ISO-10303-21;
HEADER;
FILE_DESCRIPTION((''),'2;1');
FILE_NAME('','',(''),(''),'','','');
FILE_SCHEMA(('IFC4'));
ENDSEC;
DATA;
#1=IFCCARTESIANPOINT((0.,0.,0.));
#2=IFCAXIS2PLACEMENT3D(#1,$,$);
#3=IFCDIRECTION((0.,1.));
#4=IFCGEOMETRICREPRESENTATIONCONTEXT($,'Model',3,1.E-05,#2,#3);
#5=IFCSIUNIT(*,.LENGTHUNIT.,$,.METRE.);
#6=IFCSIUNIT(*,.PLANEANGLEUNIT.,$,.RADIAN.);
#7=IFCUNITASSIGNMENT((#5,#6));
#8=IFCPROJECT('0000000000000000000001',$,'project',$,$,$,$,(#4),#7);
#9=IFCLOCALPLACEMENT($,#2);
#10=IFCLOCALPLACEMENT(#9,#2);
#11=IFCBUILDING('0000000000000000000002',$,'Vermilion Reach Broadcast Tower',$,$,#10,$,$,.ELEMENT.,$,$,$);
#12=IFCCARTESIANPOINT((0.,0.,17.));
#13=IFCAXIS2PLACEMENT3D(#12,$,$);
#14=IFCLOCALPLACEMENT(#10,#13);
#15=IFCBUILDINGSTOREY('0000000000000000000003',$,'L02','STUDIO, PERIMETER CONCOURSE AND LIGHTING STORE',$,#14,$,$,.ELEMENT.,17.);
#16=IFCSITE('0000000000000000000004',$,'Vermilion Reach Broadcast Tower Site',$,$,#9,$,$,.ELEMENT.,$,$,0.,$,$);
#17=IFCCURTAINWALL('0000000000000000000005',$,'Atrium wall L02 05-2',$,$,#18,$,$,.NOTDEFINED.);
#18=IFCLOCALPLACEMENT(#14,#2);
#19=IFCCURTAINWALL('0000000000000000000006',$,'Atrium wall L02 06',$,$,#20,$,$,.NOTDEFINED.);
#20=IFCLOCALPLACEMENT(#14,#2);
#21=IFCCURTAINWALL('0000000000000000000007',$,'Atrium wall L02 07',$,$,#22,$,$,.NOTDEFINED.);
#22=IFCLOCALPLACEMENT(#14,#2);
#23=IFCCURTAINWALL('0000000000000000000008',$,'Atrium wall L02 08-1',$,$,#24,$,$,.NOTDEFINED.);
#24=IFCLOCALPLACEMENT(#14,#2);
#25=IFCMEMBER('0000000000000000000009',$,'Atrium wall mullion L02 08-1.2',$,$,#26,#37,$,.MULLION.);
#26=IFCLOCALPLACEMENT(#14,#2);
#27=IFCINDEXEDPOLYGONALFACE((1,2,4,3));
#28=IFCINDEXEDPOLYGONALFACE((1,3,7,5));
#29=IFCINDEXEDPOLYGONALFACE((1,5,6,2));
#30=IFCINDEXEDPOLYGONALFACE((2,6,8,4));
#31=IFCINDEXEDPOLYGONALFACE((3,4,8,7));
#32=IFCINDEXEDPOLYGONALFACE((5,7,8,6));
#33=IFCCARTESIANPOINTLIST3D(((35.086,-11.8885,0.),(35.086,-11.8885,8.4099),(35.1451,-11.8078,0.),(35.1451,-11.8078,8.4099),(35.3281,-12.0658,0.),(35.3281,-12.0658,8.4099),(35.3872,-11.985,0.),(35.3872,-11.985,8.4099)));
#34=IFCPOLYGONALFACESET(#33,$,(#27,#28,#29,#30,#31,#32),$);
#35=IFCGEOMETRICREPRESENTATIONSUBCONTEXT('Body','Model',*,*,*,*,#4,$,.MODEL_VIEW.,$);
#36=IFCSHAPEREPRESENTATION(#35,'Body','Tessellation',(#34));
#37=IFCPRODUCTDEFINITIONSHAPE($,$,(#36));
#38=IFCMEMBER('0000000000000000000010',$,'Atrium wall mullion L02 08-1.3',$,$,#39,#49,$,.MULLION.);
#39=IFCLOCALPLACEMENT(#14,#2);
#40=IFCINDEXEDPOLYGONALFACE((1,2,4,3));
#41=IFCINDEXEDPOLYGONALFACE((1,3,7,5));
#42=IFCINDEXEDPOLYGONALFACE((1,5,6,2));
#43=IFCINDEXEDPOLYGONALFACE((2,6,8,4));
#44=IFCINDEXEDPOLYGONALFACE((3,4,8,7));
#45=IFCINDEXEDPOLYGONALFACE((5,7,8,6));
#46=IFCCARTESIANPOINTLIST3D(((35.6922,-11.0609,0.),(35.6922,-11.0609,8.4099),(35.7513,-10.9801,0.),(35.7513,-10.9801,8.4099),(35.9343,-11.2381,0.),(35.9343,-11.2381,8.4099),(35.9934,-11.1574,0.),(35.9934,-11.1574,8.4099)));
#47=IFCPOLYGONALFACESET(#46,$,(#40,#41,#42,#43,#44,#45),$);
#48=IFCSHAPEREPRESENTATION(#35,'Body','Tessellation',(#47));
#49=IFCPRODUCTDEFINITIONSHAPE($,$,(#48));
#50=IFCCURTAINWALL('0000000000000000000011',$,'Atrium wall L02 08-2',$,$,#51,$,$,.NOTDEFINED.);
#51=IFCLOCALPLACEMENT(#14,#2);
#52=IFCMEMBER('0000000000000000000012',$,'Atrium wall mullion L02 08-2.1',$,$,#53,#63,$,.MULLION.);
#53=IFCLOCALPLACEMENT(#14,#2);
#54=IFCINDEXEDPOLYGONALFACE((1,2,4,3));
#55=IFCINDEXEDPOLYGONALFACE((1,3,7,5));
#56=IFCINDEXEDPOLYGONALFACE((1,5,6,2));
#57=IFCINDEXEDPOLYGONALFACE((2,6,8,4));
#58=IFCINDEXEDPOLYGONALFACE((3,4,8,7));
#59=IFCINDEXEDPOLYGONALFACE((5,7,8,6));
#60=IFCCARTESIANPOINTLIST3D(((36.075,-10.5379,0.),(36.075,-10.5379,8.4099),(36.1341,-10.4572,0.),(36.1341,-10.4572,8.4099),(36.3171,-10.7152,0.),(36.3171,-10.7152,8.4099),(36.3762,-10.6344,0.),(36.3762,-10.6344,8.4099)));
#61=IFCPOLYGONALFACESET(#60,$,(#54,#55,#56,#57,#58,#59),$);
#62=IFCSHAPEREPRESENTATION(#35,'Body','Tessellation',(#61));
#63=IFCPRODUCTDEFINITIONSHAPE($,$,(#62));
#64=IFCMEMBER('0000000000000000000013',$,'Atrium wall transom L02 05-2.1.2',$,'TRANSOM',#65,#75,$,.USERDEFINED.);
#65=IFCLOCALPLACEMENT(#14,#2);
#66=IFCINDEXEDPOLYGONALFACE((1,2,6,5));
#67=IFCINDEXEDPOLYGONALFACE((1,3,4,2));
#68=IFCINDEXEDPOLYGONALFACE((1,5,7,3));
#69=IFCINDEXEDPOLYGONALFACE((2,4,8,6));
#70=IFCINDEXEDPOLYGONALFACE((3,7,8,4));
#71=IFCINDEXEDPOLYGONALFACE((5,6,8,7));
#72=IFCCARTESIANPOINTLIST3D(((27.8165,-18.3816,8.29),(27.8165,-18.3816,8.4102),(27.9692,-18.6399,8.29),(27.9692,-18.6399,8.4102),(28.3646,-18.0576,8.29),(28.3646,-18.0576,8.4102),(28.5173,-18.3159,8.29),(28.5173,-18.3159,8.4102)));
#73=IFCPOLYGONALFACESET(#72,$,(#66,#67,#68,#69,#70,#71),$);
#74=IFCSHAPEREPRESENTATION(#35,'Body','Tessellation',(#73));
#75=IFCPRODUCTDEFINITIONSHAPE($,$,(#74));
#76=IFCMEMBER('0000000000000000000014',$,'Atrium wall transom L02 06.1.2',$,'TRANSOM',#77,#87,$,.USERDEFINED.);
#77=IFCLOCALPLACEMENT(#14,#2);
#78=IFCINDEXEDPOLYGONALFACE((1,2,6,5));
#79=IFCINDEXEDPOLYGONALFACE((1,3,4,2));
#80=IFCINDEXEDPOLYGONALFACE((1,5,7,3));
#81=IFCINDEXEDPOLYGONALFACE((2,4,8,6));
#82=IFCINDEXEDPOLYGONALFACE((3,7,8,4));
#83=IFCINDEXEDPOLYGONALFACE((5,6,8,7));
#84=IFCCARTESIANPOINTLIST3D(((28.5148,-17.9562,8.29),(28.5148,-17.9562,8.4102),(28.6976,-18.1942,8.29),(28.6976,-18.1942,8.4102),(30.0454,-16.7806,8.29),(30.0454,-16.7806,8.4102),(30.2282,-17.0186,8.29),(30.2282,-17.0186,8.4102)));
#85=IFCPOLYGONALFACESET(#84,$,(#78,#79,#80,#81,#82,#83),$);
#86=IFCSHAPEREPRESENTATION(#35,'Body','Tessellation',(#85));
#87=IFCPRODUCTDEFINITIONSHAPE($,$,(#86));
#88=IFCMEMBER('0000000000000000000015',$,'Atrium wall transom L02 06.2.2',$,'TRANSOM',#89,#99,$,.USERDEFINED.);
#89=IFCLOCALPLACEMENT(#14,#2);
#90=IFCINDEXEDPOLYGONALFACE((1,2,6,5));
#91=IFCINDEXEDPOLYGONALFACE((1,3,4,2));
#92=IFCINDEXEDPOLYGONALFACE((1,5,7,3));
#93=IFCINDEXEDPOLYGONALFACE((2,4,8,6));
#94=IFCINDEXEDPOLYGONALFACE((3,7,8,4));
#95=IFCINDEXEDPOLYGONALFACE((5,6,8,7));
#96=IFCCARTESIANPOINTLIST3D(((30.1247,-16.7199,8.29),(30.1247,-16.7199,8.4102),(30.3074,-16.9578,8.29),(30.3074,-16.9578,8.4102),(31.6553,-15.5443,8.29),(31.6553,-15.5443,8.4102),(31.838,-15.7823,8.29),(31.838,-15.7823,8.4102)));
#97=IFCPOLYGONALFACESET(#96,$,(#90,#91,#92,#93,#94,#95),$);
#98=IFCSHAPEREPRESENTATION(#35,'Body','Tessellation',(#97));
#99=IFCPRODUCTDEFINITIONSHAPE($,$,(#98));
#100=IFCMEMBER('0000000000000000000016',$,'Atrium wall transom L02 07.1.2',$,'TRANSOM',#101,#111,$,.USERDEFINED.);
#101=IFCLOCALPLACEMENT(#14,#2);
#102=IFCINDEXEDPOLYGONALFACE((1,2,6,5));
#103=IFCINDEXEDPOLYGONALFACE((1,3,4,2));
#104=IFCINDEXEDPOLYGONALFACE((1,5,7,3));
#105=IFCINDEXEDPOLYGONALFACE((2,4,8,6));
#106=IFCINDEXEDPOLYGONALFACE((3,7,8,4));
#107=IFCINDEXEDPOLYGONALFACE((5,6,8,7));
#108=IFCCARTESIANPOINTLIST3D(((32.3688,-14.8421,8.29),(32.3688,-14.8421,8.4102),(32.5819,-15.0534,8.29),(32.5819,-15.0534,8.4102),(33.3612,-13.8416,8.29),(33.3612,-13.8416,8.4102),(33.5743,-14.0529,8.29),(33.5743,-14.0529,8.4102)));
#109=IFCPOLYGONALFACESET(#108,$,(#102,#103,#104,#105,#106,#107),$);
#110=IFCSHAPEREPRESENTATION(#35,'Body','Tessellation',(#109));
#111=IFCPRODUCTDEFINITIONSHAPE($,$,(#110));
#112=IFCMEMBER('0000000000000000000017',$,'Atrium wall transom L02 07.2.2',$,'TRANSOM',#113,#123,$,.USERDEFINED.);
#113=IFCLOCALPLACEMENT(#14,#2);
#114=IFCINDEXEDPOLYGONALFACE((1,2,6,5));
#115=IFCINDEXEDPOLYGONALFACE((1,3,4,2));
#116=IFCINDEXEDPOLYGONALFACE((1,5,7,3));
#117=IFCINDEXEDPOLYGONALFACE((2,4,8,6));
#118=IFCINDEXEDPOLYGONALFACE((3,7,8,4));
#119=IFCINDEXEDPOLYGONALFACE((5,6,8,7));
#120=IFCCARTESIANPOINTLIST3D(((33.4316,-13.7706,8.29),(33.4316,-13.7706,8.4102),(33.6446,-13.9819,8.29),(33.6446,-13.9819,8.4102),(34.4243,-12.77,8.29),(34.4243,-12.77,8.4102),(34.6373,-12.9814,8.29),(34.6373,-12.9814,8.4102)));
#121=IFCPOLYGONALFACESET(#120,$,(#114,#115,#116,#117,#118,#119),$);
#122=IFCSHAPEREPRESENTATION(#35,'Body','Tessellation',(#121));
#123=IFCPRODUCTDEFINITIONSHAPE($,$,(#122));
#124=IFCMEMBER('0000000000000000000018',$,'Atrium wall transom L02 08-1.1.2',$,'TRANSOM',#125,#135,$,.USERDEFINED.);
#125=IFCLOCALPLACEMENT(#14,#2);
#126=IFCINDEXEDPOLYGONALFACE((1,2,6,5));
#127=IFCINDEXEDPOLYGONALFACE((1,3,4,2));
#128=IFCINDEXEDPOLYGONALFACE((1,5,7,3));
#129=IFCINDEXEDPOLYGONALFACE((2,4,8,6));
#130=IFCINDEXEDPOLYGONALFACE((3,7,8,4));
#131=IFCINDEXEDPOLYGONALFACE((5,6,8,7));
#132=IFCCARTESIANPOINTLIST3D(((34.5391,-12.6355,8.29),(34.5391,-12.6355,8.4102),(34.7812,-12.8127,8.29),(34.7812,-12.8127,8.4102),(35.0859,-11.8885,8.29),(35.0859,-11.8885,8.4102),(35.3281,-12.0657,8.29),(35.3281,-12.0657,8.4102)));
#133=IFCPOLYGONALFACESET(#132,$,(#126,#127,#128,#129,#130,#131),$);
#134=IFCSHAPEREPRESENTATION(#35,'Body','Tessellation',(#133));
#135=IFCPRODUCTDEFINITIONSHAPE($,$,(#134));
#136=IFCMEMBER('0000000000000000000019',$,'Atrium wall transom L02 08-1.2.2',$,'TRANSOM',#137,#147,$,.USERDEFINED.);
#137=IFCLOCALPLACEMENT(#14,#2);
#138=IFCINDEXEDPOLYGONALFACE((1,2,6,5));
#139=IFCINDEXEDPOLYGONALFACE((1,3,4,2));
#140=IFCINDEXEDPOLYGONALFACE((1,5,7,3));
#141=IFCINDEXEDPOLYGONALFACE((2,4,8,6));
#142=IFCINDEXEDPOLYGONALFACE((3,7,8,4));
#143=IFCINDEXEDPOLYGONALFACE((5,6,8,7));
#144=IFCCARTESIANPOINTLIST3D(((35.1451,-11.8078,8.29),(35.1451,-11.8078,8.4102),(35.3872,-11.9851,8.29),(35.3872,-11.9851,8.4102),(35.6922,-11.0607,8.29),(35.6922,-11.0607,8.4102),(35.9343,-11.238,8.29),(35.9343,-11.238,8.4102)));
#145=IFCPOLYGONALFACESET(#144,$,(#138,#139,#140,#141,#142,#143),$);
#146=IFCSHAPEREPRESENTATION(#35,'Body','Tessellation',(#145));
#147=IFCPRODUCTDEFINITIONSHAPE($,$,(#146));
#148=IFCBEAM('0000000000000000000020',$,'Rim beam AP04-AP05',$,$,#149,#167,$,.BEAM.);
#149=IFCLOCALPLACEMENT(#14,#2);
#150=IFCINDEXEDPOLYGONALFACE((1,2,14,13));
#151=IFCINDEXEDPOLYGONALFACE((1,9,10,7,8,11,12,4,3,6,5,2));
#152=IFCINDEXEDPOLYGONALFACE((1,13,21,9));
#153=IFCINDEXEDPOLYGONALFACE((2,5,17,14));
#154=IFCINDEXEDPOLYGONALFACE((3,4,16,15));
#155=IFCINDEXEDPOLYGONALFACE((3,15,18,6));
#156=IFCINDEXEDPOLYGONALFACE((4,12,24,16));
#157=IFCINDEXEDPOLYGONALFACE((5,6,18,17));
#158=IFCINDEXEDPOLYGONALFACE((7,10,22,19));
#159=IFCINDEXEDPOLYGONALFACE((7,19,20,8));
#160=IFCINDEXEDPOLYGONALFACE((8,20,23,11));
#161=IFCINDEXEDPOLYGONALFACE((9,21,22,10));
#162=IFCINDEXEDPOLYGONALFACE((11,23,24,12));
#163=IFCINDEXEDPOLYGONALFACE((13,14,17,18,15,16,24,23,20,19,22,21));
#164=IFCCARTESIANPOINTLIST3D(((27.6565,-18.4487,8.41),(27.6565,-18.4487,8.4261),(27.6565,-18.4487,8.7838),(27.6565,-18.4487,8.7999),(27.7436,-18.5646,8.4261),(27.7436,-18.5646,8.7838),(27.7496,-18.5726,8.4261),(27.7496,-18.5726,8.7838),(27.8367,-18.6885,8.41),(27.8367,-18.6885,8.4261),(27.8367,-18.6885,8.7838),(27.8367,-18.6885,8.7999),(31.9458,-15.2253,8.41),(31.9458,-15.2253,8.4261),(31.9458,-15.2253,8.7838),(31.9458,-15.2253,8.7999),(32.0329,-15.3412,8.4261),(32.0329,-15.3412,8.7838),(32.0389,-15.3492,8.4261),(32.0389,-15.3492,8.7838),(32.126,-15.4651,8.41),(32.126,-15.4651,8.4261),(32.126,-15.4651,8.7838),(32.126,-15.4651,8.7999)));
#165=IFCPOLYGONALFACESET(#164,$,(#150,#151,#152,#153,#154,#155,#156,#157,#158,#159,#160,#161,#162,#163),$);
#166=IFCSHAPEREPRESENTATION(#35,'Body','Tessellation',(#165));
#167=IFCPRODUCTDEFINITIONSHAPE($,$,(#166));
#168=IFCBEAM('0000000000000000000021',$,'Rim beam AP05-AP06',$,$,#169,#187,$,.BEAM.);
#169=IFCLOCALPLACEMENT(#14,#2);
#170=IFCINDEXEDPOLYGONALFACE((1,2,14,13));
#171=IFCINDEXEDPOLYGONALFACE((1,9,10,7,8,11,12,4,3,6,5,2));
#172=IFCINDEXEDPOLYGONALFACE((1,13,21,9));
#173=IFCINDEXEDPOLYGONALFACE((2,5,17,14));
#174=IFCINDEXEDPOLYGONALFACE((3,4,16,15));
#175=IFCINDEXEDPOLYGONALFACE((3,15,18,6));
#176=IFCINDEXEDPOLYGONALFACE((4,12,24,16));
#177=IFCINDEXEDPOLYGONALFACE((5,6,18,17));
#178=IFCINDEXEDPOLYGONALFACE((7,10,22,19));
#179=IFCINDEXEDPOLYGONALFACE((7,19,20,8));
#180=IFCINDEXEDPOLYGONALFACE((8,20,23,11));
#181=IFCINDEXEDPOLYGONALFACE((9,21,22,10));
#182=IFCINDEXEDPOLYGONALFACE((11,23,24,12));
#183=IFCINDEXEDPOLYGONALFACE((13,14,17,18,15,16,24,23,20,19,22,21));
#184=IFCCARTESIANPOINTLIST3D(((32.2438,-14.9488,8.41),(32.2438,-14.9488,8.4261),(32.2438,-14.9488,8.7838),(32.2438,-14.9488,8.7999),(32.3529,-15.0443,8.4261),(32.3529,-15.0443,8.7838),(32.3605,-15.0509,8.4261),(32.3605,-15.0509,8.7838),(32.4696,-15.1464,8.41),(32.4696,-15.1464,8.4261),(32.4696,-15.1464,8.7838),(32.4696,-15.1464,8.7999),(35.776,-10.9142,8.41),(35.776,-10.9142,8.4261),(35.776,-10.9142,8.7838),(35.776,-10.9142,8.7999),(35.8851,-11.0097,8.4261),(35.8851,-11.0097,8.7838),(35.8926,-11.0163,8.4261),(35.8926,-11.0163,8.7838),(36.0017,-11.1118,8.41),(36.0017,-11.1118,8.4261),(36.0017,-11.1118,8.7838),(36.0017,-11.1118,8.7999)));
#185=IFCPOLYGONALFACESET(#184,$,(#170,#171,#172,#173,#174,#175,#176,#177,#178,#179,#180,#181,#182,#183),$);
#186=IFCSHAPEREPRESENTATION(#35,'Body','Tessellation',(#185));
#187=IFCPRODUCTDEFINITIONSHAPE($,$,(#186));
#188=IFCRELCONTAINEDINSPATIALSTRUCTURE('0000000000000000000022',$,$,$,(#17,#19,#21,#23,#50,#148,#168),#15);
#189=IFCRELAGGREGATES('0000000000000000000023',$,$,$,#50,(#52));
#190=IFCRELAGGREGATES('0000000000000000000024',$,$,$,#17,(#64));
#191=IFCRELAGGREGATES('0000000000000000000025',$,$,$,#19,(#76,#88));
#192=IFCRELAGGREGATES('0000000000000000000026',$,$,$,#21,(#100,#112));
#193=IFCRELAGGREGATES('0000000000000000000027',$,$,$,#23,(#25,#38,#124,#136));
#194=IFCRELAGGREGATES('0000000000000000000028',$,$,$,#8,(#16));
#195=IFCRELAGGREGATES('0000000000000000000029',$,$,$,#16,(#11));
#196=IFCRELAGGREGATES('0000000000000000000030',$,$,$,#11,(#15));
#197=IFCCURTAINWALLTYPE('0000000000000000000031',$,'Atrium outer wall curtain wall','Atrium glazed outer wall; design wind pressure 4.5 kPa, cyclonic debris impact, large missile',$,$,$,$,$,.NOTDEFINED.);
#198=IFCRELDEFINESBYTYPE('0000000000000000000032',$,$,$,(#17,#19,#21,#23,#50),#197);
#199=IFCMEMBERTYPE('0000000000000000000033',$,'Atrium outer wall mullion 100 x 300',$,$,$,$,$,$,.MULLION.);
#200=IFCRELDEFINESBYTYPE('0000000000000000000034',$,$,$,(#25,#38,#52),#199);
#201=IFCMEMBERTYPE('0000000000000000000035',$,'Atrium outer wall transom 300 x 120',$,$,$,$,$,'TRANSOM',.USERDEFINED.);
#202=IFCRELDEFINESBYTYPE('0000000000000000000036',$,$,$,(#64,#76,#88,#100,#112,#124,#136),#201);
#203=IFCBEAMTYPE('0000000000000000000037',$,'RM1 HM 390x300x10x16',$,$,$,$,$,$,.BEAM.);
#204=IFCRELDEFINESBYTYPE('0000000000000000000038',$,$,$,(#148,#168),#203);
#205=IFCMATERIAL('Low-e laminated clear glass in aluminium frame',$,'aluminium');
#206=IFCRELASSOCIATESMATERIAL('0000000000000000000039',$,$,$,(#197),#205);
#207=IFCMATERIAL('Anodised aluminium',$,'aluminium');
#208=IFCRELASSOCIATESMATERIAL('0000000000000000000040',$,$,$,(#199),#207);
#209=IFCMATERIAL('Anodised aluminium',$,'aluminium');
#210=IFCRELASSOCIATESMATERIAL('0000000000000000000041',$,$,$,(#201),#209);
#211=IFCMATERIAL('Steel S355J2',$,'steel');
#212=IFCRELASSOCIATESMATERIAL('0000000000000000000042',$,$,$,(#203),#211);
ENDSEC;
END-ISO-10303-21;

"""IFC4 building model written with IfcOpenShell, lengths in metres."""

from ifc_helpers import new_model, si_unit, direction, frame, origin, origin_2d, place, context, subcontext, project, spatial, rectangle, i_section, extrude, material, material_profile, profile_set, type_object, element, aggregate, save


model = new_model("IFC4")

# Units and contexts
model_context = context("Model", 3, precision=1e-05, world=origin(), true_north=direction((0.0, 1.0)))
body_context = subcontext(model_context, "Body", "Model", "MODEL_VIEW")
ifc_project = project(units=[si_unit("LENGTHUNIT", "METRE"), si_unit("PLANEANGLEUNIT", "RADIAN")], contexts=[model_context])

# Site, building, storey
site_placement = place(None, origin())
site = spatial("IfcSite", under=ifc_project, at=site_placement, Name="Vermilion Reach Broadcast Tower Site", CompositionType="ELEMENT", RefElevation=0.0)
building_placement = place(site_placement, origin())
building = spatial("IfcBuilding", under=site, at=building_placement, Name="Vermilion Reach Broadcast Tower", CompositionType="ELEMENT")
storey_placement = place(building_placement, frame((0.0, 0.0, 17.0)))
storey = spatial("IfcBuildingStorey", under=building, at=storey_placement, Name="L02", Description="STUDIO, PERIMETER CONCOURSE AND LIGHTING STORE", CompositionType="ELEMENT", Elevation=17.0)

# Shared definitions
ifc_material_1 = material(Name="Low-e laminated clear glass in aluminium frame", Category="aluminium")
curtain_wall_type = type_object("IfcCurtainWallType", Name="Atrium outer wall curtain wall", Description="Atrium glazed outer wall; design wind pressure 4.5 kPa, cyclonic debris impact, large missile", PredefinedType="NOTDEFINED", material=ifc_material_1)
placement = place(storey_placement, origin())
ifc_material_2 = material(Name="Anodised aluminium", Category="aluminium")
ifc_material_profile_1 = material_profile(ifc_material_2, rectangle(XDim=0.3, YDim=0.1001, at=origin_2d()), Name="Atrium outer wall mullion 100 x 300")
ifc_profile_set_1 = profile_set([ifc_material_profile_1], Name="Anodised aluminium")
member_type_1 = type_object("IfcMemberType", Name="Atrium outer wall mullion 100 x 300", PredefinedType="MULLION", material=ifc_profile_set_1)

# Curtain walls, members
curtain_wall_1 = element("IfcCurtainWall", 1, at=placement, inside=storey, type_object=curtain_wall_type, Name="Atrium wall L02 05-2", PredefinedType="NOTDEFINED")
curtain_wall_2 = element("IfcCurtainWall", 2, at=placement, inside=storey, type_object=curtain_wall_type, Name="Atrium wall L02 06", PredefinedType="NOTDEFINED")
curtain_wall_3 = element("IfcCurtainWall", 3, at=placement, inside=storey, type_object=curtain_wall_type, Name="Atrium wall L02 07", PredefinedType="NOTDEFINED")
curtain_wall_4 = element("IfcCurtainWall", 4, at=placement, inside=storey, type_object=curtain_wall_type, Name="Atrium wall L02 08-1", PredefinedType="NOTDEFINED")
member_1_placement = place(storey_placement, frame((35.2366, -11.9368, 0.0), z_axis=(0.0, 0.0, 1.0), x_axis=(-0.806847, 0.59076, 0.0)))
member_1 = element("IfcMember", 5, at=member_1_placement, type_object=member_type_1, Name="Atrium wall mullion L02 08-1.2", PredefinedType="MULLION", context=body_context, shape_type="SweptSolid", body=[
    extrude(rectangle(XDim=0.3, YDim=0.1001, at=origin_2d()), origin(), (0.0, 0.0, 1.0), 8.4099),
])
member_2_placement = place(storey_placement, frame((35.8428, -11.1091, 0.0), z_axis=(0.0, 0.0, 1.0), x_axis=(-0.806847, 0.59076, 0.0)))
member_2 = element("IfcMember", 6, at=member_2_placement, type_object=member_type_1, Name="Atrium wall mullion L02 08-1.3", PredefinedType="MULLION", context=body_context, shape_type="SweptSolid", body=[
    extrude(rectangle(XDim=0.3, YDim=0.1001, at=origin_2d()), origin(), (0.0, 0.0, 1.0), 8.4099),
])

# Curtain wall, member
curtain_wall_5 = element("IfcCurtainWall", 7, at=placement, inside=storey, type_object=curtain_wall_type, Name="Atrium wall L02 08-2", PredefinedType="NOTDEFINED")
member_3_placement = place(storey_placement, frame((36.2256, -10.5862, 0.0), z_axis=(0.0, 0.0, 1.0), x_axis=(-0.806847, 0.59076, 0.0)))
member_3 = element("IfcMember", 8, at=member_3_placement, type_object=member_type_1, Name="Atrium wall mullion L02 08-2.1", PredefinedType="MULLION", context=body_context, shape_type="SweptSolid", body=[
    extrude(rectangle(XDim=0.3, YDim=0.1001, at=origin_2d()), origin(), (0.0, 0.0, 1.0), 8.4099),
])
aggregate(curtain_wall_5, [member_3])

# Members
ifc_material_3 = material(Name="Anodised aluminium", Category="aluminium")
ifc_material_profile_2 = material_profile(ifc_material_3, rectangle(XDim=0.3, YDim=0.1201, at=origin_2d()), Name="Atrium outer wall transom 300 x 120")
ifc_profile_set_2 = profile_set([ifc_material_profile_2], Name="Anodised aluminium")
member_type_2 = type_object("IfcMemberType", Name="Atrium outer wall transom 300 x 120", ElementType="TRANSOM", PredefinedType="USERDEFINED", material=ifc_profile_set_2)
member_4_placement = place(storey_placement, frame((27.8928, -18.5107, 8.3501), z_axis=(0.860858, 0.508846, 0.0), x_axis=(-0.508846, 0.860858, 0.0)))
member_4 = element("IfcMember", 9, at=member_4_placement, type_object=member_type_2, Name="Atrium wall transom L02 05-2.1.2", ObjectType="TRANSOM", PredefinedType="USERDEFINED", context=body_context, shape_type="SweptSolid", body=[
    extrude(rectangle(XDim=0.3, YDim=0.1201, at=origin_2d()), origin(), (0.0, 0.0, 1.0), 0.6367),
])
member_5_placement = place(storey_placement, frame((28.6062, -18.0752, 8.3501), z_axis=(0.793071, 0.60913, 0.0), x_axis=(-0.60913, 0.793071, 0.0)))
member_5 = element("IfcMember", 10, at=member_5_placement, type_object=member_type_2, Name="Atrium wall transom L02 06.1.2", ObjectType="TRANSOM", PredefinedType="USERDEFINED", context=body_context, shape_type="SweptSolid", body=[
    extrude(rectangle(XDim=0.3, YDim=0.1201, at=origin_2d()), origin(), (0.0, 0.0, 1.0), 1.9299),
])
member_6_placement = place(storey_placement, frame((30.2161, -16.8389, 8.3501), z_axis=(0.793071, 0.60913, 0.0), x_axis=(-0.60913, 0.793071, 0.0)))
member_6 = element("IfcMember", 11, at=member_6_placement, type_object=member_type_2, Name="Atrium wall transom L02 06.2.2", ObjectType="TRANSOM", PredefinedType="USERDEFINED", context=body_context, shape_type="SweptSolid", body=[
    extrude(rectangle(XDim=0.3, YDim=0.1201, at=origin_2d()), origin(), (0.0, 0.0, 1.0), 1.9299),
])
member_7_placement = place(storey_placement, frame((32.4753, -14.9478, 8.3501), z_axis=(0.704242, 0.70996, 0.0), x_axis=(-0.70996, 0.704242, 0.0)))
member_7 = element("IfcMember", 12, at=member_7_placement, type_object=member_type_2, Name="Atrium wall transom L02 07.1.2", ObjectType="TRANSOM", PredefinedType="USERDEFINED", context=body_context, shape_type="SweptSolid", body=[
    extrude(rectangle(XDim=0.3, YDim=0.1201, at=origin_2d()), origin(), (0.0, 0.0, 1.0), 1.4092),
])
member_8_placement = place(storey_placement, frame((33.5381, -13.8762, 8.3501), z_axis=(0.70433, 0.709873, 0.0), x_axis=(-0.709873, 0.70433, 0.0)))
member_8 = element("IfcMember", 13, at=member_8_placement, type_object=member_type_2, Name="Atrium wall transom L02 07.2.2", ObjectType="TRANSOM", PredefinedType="USERDEFINED", context=body_context, shape_type="SweptSolid", body=[
    extrude(rectangle(XDim=0.3, YDim=0.1201, at=origin_2d()), origin(), (0.0, 0.0, 1.0), 1.4094),
])
member_9_placement = place(storey_placement, frame((34.6602, -12.7241, 8.3501), z_axis=(0.590678, 0.806908, 0.0), x_axis=(-0.806908, 0.590678, 0.0)))
member_9 = element("IfcMember", 14, at=member_9_placement, type_object=member_type_2, Name="Atrium wall transom L02 08-1.1.2", ObjectType="TRANSOM", PredefinedType="USERDEFINED", context=body_context, shape_type="SweptSolid", body=[
    extrude(rectangle(XDim=0.3, YDim=0.1201, at=origin_2d()), origin(), (0.0, 0.0, 1.0), 0.9258),
])
member_10_placement = place(storey_placement, frame((35.2661, -11.8965, 8.3501), z_axis=(0.590849, 0.806782, 0.0), x_axis=(-0.806782, 0.590849, 0.0)))
member_10 = element("IfcMember", 15, at=member_10_placement, type_object=member_type_2, Name="Atrium wall transom L02 08-1.2.2", ObjectType="TRANSOM", PredefinedType="USERDEFINED", context=body_context, shape_type="SweptSolid", body=[
    extrude(rectangle(XDim=0.3, YDim=0.1201, at=origin_2d()), origin(), (0.0, 0.0, 1.0), 0.926),
])

# Beams
ifc_material_4 = material(Name="Steel S355J2", Category="steel")
ifc_material_profile_3 = material_profile(ifc_material_4, i_section(OverallWidth=0.3, OverallDepth=0.3899, WebThickness=0.01, FlangeThickness=0.0161, at=origin_2d()), Name="S355J2 HM 390x300x10x16")
ifc_profile_set_3 = profile_set([ifc_material_profile_3], Name="Steel S355J2")
beam_type = type_object("IfcBeamType", Name="RM1 HM 390x300x10x16", PredefinedType="BEAM", material=ifc_profile_set_3)
beam_1_placement = place(storey_placement, frame((27.7466, -18.5686, 8.605), z_axis=(0.799426, 0.600764, 0.0), x_axis=(-0.600764, 0.799426, 0.0)))
element("IfcBeam", 16, at=beam_1_placement, inside=storey, type_object=beam_type, Name="Rim beam AP04-AP05", PredefinedType="BEAM", context=body_context, shape_type="SweptSolid", body=[
    extrude(i_section(OverallWidth=0.3, OverallDepth=0.3899, WebThickness=0.01, FlangeThickness=0.0161, at=origin_2d()), origin(), (0.0, 0.0, 1.0), 5.3655),
])
beam_2_placement = place(storey_placement, frame((32.3567, -15.0476, 8.605), z_axis=(0.658704, 0.752402, 0.0), x_axis=(-0.752402, 0.658704, 0.0)))
element("IfcBeam", 17, at=beam_2_placement, inside=storey, type_object=beam_type, Name="Rim beam AP05-AP06", PredefinedType="BEAM", context=body_context, shape_type="SweptSolid", body=[
    extrude(i_section(OverallWidth=0.3, OverallDepth=0.3899, WebThickness=0.01, FlangeThickness=0.0161, at=origin_2d()), origin(), (0.0, 0.0, 1.0), 5.3623),
])

aggregate(curtain_wall_1, [member_4])
aggregate(curtain_wall_2, [member_5, member_6])
aggregate(curtain_wall_3, [member_7, member_8])
aggregate(curtain_wall_4, [member_1, member_2, member_9, member_10])

save(model, "model.ifc")
